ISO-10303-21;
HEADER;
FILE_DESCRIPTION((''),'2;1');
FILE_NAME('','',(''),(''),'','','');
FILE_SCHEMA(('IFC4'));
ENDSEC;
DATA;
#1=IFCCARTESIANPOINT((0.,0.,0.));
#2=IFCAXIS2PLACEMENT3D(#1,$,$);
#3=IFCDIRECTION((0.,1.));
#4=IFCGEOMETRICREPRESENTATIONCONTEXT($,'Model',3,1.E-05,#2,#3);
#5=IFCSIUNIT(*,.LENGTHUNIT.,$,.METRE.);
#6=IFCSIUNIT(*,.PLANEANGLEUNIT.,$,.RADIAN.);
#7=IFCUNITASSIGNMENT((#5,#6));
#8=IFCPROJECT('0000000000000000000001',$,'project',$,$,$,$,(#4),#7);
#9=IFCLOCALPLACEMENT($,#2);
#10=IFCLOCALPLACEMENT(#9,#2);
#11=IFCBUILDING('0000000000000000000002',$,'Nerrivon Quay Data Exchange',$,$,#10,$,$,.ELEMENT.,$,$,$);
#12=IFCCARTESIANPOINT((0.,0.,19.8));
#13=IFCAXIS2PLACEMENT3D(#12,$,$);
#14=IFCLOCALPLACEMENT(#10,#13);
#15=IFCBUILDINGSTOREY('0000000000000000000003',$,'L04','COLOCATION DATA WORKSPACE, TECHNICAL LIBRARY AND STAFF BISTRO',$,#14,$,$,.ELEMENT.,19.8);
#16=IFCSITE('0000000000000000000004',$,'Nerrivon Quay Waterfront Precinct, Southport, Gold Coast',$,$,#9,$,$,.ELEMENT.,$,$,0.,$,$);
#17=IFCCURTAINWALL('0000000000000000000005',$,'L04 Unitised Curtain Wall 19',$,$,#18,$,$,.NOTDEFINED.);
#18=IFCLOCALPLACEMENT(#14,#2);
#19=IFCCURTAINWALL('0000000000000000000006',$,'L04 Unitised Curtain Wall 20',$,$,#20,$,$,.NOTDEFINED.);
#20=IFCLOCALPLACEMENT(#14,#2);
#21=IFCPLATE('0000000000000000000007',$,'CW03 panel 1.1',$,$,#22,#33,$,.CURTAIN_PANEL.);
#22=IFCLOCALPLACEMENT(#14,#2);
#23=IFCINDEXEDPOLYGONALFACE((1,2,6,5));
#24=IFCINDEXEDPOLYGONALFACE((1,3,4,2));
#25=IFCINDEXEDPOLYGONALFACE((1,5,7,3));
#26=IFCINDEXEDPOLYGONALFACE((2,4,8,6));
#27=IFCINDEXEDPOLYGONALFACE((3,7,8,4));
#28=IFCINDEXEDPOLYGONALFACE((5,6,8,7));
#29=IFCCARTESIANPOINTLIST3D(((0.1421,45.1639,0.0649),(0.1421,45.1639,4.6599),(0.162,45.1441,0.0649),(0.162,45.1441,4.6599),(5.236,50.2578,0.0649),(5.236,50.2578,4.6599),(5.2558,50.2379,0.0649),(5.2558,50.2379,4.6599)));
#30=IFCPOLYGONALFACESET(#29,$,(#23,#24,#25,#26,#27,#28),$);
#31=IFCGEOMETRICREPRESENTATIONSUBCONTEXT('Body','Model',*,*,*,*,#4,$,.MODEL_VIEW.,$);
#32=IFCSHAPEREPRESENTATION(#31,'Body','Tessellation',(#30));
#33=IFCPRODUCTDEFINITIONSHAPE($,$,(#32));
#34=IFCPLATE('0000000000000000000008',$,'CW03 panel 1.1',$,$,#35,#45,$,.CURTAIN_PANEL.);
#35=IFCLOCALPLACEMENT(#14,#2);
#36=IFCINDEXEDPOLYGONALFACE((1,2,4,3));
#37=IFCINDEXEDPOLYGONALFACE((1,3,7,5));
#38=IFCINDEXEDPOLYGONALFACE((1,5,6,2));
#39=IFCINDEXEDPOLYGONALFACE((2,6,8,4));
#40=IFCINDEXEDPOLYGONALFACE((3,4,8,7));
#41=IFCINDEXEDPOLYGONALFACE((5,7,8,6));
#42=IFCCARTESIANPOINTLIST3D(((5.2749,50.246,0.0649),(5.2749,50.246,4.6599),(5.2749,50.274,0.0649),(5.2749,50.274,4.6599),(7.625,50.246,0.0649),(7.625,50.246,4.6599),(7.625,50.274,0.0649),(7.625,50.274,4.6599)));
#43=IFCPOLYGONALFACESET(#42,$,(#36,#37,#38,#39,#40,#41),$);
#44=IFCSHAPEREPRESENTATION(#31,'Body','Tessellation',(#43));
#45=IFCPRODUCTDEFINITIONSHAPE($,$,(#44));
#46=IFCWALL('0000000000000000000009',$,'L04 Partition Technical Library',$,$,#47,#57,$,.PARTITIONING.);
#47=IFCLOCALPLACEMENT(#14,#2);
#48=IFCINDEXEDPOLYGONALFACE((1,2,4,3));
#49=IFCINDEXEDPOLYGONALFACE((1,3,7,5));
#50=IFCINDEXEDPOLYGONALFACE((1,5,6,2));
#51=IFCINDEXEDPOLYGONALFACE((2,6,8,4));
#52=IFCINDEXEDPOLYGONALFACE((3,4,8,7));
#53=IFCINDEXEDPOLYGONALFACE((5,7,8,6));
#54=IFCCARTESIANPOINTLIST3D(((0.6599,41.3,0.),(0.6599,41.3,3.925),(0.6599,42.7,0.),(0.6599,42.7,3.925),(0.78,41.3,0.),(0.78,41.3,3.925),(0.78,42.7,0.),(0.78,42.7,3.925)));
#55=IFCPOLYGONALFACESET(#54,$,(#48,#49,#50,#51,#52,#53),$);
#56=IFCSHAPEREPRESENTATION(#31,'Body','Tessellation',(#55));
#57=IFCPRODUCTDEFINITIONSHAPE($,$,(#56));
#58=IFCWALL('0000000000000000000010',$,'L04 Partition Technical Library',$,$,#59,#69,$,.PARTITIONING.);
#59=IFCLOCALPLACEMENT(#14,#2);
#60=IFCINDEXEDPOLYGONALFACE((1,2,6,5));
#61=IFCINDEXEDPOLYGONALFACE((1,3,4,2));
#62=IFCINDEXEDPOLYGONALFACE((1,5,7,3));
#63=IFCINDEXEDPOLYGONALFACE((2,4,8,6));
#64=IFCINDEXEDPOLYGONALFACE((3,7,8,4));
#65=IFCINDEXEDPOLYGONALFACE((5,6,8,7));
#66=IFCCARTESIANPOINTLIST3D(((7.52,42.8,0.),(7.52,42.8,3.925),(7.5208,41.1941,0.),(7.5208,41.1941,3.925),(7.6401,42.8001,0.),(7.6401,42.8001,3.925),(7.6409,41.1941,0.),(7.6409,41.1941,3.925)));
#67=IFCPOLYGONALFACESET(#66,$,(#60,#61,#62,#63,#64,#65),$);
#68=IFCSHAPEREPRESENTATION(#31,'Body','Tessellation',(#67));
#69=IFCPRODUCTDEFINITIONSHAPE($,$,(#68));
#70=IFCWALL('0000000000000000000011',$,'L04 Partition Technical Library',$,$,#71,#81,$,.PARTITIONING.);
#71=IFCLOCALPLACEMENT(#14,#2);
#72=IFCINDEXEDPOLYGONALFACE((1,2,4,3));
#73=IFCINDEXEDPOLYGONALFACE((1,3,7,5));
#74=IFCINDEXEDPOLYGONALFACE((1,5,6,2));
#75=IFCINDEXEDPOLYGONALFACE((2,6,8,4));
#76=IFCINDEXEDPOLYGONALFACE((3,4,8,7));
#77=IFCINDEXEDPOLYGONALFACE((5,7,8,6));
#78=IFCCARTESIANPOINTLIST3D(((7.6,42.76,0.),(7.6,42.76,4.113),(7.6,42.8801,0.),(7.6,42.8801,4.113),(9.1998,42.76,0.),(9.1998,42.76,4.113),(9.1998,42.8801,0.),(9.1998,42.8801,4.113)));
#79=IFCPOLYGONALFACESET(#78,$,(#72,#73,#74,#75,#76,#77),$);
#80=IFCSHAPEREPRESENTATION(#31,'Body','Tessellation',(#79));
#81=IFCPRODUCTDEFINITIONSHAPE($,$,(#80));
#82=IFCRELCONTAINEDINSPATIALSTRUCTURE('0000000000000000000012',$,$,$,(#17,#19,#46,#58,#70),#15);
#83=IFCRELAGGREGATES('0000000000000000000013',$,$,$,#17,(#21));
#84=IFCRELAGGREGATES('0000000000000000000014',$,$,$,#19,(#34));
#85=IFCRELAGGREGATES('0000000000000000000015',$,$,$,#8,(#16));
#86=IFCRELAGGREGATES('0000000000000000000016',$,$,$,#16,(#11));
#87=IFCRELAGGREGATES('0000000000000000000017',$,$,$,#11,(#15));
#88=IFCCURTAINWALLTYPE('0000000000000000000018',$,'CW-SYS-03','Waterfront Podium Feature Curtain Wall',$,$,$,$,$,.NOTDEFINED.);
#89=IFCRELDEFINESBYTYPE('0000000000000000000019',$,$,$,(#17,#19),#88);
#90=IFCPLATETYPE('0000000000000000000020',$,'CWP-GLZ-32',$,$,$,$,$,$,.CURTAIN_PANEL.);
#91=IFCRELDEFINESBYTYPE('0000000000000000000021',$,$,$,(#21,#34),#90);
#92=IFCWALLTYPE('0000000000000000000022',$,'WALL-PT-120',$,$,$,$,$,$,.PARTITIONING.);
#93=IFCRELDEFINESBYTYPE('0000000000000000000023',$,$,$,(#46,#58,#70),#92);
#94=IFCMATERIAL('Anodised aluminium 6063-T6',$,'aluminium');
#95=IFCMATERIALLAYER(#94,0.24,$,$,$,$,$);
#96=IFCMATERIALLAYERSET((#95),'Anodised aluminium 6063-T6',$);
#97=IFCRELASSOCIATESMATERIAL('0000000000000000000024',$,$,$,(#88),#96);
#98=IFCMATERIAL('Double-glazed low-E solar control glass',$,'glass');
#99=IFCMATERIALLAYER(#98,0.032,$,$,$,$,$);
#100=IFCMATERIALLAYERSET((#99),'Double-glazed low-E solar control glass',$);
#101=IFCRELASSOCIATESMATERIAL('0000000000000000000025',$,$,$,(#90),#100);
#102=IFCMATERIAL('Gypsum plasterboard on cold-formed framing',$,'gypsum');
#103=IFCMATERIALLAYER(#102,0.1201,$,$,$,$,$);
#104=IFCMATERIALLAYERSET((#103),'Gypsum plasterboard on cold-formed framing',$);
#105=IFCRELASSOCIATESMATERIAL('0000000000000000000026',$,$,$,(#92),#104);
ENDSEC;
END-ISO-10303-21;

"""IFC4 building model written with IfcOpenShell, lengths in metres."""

from ifc_helpers import new_model, si_unit, direction, frame, frame_2d, origin, origin_2d, place, context, subcontext, project, spatial, rectangle, extrude, material, layer, layer_set, type_object, element, aggregate, save


model = new_model("IFC4")

# Units and contexts
model_context = context("Model", 3, precision=1e-05, world=origin(), true_north=direction((0.0, 1.0)))
body_context = subcontext(model_context, "Body", "Model", "MODEL_VIEW")
ifc_project = project(units=[si_unit("LENGTHUNIT", "METRE"), si_unit("PLANEANGLEUNIT", "RADIAN")], contexts=[model_context])

# Site, building, storey
site_placement = place(None, origin())
site = spatial("IfcSite", under=ifc_project, at=site_placement, Name="Nerrivon Quay Waterfront Precinct, Southport, Gold Coast", CompositionType="ELEMENT", RefElevation=0.0)
building_placement = place(site_placement, origin())
building = spatial("IfcBuilding", under=site, at=building_placement, Name="Nerrivon Quay Data Exchange", CompositionType="ELEMENT")
storey_placement = place(building_placement, frame((0.0, 0.0, 19.8)))
storey = spatial("IfcBuildingStorey", under=building, at=storey_placement, Name="L04", Description="COLOCATION DATA WORKSPACE, TECHNICAL LIBRARY AND STAFF BISTRO", CompositionType="ELEMENT", Elevation=19.8)

# Shared definitions
ifc_material_1 = material(Name="Anodised aluminium 6063-T6", Category="aluminium")
ifc_layer_1 = layer(ifc_material_1, 0.24)
ifc_layer_set_1 = layer_set([ifc_layer_1], Name="Anodised aluminium 6063-T6")
curtain_wall_type = type_object("IfcCurtainWallType", Name="CW-SYS-03", Description="Waterfront Podium Feature Curtain Wall", PredefinedType="NOTDEFINED", material=ifc_layer_set_1)

# Curtain walls
curtain_wall_1_placement = place(storey_placement, origin())
curtain_wall_1 = element("IfcCurtainWall", 1, at=curtain_wall_1_placement, inside=storey, type_object=curtain_wall_type, Name="L04 Unitised Curtain Wall 19", PredefinedType="NOTDEFINED")
curtain_wall_2_placement = place(storey_placement, origin())
curtain_wall_2 = element("IfcCurtainWall", 2, at=curtain_wall_2_placement, inside=storey, type_object=curtain_wall_type, Name="L04 Unitised Curtain Wall 20", PredefinedType="NOTDEFINED")

# Plates
ifc_material_2 = material(Name="Double-glazed low-E solar control glass", Category="glass")
ifc_layer_2 = layer(ifc_material_2, 0.032)
ifc_layer_set_2 = layer_set([ifc_layer_2], Name="Double-glazed low-E solar control glass")
plate_type = type_object("IfcPlateType", Name="CWP-GLZ-32", PredefinedType="CURTAIN_PANEL", material=ifc_layer_set_2)
plate_1_placement = place(storey_placement, frame((2.699, 47.7009, 0.0649), z_axis=(0.0, 0.0, 1.0), x_axis=(0.707107, 0.707107, 0.0)))
plate_1 = element("IfcPlate", 3, at=plate_1_placement, type_object=plate_type, Name="CW03 panel 1.1", PredefinedType="CURTAIN_PANEL", context=body_context, shape_type="SweptSolid", body=[
    extrude(rectangle(XDim=7.2039, YDim=0.0281, at=origin_2d()), origin(), (0.0, 0.0, 1.0), 4.595),
])
aggregate(curtain_wall_1, [plate_1])
plate_2_placement = place(storey_placement, frame((6.45, 50.26, 0.0649), z_axis=(0.0, 0.0, 1.0), x_axis=(1.0, 0.0, 0.0)))
plate_2 = element("IfcPlate", 4, at=plate_2_placement, type_object=plate_type, Name="CW03 panel 1.1", PredefinedType="CURTAIN_PANEL", context=body_context, shape_type="SweptSolid", body=[
    extrude(rectangle(XDim=2.3501, YDim=0.0281, at=origin_2d()), origin(), (0.0, 0.0, 1.0), 4.595),
])
aggregate(curtain_wall_2, [plate_2])

# Walls
ifc_material_3 = material(Name="Gypsum plasterboard on cold-formed framing", Category="gypsum")
ifc_layer_3 = layer(ifc_material_3, 0.1201)
ifc_layer_set_3 = layer_set([ifc_layer_3], Name="Gypsum plasterboard on cold-formed framing")
wall_type = type_object("IfcWallType", Name="WALL-PT-120", PredefinedType="PARTITIONING", material=ifc_layer_set_3)
wall_1_placement = place(storey_placement, frame((0.72, 42.7, 0.0), z_axis=(0.0, 0.0, 1.0), x_axis=(0.0, -1.0, 0.0)))
element("IfcWall", 5, at=wall_1_placement, inside=storey, type_object=wall_type, Name="L04 Partition Technical Library", PredefinedType="PARTITIONING", context=body_context, shape_type="SweptSolid", body=[
    extrude(rectangle(XDim=1.3999, YDim=0.1201, at=frame_2d((0.7, 0.0))), origin(), (0.0, 0.0, 1.0), 3.925),
])
wall_2_placement = place(storey_placement, frame((7.5808, 41.1941, 0.0), z_axis=(0.0, 0.0, 1.0), x_axis=(-0.000456, 1.0, 0.0)))
element("IfcWall", 6, at=wall_2_placement, inside=storey, type_object=wall_type, Name="L04 Partition Technical Library", PredefinedType="PARTITIONING", context=body_context, shape_type="SweptSolid", body=[
    extrude(rectangle(XDim=1.606, YDim=0.1201, at=frame_2d((0.803, 0.0))), origin(), (0.0, 0.0, 1.0), 3.925),
])
wall_3_placement = place(storey_placement, frame((7.6001, 42.8201, 0.0), z_axis=(0.0, 0.0, 1.0), x_axis=(1.0, 0.0, 0.0)))
element("IfcWall", 7, at=wall_3_placement, inside=storey, type_object=wall_type, Name="L04 Partition Technical Library", PredefinedType="PARTITIONING", context=body_context, shape_type="SweptSolid", body=[
    extrude(rectangle(XDim=1.5999, YDim=0.1201, at=frame_2d((0.7998, 0.0))), origin(), (0.0, 0.0, 1.0), 4.113),
])

save(model, "model.ifc")
